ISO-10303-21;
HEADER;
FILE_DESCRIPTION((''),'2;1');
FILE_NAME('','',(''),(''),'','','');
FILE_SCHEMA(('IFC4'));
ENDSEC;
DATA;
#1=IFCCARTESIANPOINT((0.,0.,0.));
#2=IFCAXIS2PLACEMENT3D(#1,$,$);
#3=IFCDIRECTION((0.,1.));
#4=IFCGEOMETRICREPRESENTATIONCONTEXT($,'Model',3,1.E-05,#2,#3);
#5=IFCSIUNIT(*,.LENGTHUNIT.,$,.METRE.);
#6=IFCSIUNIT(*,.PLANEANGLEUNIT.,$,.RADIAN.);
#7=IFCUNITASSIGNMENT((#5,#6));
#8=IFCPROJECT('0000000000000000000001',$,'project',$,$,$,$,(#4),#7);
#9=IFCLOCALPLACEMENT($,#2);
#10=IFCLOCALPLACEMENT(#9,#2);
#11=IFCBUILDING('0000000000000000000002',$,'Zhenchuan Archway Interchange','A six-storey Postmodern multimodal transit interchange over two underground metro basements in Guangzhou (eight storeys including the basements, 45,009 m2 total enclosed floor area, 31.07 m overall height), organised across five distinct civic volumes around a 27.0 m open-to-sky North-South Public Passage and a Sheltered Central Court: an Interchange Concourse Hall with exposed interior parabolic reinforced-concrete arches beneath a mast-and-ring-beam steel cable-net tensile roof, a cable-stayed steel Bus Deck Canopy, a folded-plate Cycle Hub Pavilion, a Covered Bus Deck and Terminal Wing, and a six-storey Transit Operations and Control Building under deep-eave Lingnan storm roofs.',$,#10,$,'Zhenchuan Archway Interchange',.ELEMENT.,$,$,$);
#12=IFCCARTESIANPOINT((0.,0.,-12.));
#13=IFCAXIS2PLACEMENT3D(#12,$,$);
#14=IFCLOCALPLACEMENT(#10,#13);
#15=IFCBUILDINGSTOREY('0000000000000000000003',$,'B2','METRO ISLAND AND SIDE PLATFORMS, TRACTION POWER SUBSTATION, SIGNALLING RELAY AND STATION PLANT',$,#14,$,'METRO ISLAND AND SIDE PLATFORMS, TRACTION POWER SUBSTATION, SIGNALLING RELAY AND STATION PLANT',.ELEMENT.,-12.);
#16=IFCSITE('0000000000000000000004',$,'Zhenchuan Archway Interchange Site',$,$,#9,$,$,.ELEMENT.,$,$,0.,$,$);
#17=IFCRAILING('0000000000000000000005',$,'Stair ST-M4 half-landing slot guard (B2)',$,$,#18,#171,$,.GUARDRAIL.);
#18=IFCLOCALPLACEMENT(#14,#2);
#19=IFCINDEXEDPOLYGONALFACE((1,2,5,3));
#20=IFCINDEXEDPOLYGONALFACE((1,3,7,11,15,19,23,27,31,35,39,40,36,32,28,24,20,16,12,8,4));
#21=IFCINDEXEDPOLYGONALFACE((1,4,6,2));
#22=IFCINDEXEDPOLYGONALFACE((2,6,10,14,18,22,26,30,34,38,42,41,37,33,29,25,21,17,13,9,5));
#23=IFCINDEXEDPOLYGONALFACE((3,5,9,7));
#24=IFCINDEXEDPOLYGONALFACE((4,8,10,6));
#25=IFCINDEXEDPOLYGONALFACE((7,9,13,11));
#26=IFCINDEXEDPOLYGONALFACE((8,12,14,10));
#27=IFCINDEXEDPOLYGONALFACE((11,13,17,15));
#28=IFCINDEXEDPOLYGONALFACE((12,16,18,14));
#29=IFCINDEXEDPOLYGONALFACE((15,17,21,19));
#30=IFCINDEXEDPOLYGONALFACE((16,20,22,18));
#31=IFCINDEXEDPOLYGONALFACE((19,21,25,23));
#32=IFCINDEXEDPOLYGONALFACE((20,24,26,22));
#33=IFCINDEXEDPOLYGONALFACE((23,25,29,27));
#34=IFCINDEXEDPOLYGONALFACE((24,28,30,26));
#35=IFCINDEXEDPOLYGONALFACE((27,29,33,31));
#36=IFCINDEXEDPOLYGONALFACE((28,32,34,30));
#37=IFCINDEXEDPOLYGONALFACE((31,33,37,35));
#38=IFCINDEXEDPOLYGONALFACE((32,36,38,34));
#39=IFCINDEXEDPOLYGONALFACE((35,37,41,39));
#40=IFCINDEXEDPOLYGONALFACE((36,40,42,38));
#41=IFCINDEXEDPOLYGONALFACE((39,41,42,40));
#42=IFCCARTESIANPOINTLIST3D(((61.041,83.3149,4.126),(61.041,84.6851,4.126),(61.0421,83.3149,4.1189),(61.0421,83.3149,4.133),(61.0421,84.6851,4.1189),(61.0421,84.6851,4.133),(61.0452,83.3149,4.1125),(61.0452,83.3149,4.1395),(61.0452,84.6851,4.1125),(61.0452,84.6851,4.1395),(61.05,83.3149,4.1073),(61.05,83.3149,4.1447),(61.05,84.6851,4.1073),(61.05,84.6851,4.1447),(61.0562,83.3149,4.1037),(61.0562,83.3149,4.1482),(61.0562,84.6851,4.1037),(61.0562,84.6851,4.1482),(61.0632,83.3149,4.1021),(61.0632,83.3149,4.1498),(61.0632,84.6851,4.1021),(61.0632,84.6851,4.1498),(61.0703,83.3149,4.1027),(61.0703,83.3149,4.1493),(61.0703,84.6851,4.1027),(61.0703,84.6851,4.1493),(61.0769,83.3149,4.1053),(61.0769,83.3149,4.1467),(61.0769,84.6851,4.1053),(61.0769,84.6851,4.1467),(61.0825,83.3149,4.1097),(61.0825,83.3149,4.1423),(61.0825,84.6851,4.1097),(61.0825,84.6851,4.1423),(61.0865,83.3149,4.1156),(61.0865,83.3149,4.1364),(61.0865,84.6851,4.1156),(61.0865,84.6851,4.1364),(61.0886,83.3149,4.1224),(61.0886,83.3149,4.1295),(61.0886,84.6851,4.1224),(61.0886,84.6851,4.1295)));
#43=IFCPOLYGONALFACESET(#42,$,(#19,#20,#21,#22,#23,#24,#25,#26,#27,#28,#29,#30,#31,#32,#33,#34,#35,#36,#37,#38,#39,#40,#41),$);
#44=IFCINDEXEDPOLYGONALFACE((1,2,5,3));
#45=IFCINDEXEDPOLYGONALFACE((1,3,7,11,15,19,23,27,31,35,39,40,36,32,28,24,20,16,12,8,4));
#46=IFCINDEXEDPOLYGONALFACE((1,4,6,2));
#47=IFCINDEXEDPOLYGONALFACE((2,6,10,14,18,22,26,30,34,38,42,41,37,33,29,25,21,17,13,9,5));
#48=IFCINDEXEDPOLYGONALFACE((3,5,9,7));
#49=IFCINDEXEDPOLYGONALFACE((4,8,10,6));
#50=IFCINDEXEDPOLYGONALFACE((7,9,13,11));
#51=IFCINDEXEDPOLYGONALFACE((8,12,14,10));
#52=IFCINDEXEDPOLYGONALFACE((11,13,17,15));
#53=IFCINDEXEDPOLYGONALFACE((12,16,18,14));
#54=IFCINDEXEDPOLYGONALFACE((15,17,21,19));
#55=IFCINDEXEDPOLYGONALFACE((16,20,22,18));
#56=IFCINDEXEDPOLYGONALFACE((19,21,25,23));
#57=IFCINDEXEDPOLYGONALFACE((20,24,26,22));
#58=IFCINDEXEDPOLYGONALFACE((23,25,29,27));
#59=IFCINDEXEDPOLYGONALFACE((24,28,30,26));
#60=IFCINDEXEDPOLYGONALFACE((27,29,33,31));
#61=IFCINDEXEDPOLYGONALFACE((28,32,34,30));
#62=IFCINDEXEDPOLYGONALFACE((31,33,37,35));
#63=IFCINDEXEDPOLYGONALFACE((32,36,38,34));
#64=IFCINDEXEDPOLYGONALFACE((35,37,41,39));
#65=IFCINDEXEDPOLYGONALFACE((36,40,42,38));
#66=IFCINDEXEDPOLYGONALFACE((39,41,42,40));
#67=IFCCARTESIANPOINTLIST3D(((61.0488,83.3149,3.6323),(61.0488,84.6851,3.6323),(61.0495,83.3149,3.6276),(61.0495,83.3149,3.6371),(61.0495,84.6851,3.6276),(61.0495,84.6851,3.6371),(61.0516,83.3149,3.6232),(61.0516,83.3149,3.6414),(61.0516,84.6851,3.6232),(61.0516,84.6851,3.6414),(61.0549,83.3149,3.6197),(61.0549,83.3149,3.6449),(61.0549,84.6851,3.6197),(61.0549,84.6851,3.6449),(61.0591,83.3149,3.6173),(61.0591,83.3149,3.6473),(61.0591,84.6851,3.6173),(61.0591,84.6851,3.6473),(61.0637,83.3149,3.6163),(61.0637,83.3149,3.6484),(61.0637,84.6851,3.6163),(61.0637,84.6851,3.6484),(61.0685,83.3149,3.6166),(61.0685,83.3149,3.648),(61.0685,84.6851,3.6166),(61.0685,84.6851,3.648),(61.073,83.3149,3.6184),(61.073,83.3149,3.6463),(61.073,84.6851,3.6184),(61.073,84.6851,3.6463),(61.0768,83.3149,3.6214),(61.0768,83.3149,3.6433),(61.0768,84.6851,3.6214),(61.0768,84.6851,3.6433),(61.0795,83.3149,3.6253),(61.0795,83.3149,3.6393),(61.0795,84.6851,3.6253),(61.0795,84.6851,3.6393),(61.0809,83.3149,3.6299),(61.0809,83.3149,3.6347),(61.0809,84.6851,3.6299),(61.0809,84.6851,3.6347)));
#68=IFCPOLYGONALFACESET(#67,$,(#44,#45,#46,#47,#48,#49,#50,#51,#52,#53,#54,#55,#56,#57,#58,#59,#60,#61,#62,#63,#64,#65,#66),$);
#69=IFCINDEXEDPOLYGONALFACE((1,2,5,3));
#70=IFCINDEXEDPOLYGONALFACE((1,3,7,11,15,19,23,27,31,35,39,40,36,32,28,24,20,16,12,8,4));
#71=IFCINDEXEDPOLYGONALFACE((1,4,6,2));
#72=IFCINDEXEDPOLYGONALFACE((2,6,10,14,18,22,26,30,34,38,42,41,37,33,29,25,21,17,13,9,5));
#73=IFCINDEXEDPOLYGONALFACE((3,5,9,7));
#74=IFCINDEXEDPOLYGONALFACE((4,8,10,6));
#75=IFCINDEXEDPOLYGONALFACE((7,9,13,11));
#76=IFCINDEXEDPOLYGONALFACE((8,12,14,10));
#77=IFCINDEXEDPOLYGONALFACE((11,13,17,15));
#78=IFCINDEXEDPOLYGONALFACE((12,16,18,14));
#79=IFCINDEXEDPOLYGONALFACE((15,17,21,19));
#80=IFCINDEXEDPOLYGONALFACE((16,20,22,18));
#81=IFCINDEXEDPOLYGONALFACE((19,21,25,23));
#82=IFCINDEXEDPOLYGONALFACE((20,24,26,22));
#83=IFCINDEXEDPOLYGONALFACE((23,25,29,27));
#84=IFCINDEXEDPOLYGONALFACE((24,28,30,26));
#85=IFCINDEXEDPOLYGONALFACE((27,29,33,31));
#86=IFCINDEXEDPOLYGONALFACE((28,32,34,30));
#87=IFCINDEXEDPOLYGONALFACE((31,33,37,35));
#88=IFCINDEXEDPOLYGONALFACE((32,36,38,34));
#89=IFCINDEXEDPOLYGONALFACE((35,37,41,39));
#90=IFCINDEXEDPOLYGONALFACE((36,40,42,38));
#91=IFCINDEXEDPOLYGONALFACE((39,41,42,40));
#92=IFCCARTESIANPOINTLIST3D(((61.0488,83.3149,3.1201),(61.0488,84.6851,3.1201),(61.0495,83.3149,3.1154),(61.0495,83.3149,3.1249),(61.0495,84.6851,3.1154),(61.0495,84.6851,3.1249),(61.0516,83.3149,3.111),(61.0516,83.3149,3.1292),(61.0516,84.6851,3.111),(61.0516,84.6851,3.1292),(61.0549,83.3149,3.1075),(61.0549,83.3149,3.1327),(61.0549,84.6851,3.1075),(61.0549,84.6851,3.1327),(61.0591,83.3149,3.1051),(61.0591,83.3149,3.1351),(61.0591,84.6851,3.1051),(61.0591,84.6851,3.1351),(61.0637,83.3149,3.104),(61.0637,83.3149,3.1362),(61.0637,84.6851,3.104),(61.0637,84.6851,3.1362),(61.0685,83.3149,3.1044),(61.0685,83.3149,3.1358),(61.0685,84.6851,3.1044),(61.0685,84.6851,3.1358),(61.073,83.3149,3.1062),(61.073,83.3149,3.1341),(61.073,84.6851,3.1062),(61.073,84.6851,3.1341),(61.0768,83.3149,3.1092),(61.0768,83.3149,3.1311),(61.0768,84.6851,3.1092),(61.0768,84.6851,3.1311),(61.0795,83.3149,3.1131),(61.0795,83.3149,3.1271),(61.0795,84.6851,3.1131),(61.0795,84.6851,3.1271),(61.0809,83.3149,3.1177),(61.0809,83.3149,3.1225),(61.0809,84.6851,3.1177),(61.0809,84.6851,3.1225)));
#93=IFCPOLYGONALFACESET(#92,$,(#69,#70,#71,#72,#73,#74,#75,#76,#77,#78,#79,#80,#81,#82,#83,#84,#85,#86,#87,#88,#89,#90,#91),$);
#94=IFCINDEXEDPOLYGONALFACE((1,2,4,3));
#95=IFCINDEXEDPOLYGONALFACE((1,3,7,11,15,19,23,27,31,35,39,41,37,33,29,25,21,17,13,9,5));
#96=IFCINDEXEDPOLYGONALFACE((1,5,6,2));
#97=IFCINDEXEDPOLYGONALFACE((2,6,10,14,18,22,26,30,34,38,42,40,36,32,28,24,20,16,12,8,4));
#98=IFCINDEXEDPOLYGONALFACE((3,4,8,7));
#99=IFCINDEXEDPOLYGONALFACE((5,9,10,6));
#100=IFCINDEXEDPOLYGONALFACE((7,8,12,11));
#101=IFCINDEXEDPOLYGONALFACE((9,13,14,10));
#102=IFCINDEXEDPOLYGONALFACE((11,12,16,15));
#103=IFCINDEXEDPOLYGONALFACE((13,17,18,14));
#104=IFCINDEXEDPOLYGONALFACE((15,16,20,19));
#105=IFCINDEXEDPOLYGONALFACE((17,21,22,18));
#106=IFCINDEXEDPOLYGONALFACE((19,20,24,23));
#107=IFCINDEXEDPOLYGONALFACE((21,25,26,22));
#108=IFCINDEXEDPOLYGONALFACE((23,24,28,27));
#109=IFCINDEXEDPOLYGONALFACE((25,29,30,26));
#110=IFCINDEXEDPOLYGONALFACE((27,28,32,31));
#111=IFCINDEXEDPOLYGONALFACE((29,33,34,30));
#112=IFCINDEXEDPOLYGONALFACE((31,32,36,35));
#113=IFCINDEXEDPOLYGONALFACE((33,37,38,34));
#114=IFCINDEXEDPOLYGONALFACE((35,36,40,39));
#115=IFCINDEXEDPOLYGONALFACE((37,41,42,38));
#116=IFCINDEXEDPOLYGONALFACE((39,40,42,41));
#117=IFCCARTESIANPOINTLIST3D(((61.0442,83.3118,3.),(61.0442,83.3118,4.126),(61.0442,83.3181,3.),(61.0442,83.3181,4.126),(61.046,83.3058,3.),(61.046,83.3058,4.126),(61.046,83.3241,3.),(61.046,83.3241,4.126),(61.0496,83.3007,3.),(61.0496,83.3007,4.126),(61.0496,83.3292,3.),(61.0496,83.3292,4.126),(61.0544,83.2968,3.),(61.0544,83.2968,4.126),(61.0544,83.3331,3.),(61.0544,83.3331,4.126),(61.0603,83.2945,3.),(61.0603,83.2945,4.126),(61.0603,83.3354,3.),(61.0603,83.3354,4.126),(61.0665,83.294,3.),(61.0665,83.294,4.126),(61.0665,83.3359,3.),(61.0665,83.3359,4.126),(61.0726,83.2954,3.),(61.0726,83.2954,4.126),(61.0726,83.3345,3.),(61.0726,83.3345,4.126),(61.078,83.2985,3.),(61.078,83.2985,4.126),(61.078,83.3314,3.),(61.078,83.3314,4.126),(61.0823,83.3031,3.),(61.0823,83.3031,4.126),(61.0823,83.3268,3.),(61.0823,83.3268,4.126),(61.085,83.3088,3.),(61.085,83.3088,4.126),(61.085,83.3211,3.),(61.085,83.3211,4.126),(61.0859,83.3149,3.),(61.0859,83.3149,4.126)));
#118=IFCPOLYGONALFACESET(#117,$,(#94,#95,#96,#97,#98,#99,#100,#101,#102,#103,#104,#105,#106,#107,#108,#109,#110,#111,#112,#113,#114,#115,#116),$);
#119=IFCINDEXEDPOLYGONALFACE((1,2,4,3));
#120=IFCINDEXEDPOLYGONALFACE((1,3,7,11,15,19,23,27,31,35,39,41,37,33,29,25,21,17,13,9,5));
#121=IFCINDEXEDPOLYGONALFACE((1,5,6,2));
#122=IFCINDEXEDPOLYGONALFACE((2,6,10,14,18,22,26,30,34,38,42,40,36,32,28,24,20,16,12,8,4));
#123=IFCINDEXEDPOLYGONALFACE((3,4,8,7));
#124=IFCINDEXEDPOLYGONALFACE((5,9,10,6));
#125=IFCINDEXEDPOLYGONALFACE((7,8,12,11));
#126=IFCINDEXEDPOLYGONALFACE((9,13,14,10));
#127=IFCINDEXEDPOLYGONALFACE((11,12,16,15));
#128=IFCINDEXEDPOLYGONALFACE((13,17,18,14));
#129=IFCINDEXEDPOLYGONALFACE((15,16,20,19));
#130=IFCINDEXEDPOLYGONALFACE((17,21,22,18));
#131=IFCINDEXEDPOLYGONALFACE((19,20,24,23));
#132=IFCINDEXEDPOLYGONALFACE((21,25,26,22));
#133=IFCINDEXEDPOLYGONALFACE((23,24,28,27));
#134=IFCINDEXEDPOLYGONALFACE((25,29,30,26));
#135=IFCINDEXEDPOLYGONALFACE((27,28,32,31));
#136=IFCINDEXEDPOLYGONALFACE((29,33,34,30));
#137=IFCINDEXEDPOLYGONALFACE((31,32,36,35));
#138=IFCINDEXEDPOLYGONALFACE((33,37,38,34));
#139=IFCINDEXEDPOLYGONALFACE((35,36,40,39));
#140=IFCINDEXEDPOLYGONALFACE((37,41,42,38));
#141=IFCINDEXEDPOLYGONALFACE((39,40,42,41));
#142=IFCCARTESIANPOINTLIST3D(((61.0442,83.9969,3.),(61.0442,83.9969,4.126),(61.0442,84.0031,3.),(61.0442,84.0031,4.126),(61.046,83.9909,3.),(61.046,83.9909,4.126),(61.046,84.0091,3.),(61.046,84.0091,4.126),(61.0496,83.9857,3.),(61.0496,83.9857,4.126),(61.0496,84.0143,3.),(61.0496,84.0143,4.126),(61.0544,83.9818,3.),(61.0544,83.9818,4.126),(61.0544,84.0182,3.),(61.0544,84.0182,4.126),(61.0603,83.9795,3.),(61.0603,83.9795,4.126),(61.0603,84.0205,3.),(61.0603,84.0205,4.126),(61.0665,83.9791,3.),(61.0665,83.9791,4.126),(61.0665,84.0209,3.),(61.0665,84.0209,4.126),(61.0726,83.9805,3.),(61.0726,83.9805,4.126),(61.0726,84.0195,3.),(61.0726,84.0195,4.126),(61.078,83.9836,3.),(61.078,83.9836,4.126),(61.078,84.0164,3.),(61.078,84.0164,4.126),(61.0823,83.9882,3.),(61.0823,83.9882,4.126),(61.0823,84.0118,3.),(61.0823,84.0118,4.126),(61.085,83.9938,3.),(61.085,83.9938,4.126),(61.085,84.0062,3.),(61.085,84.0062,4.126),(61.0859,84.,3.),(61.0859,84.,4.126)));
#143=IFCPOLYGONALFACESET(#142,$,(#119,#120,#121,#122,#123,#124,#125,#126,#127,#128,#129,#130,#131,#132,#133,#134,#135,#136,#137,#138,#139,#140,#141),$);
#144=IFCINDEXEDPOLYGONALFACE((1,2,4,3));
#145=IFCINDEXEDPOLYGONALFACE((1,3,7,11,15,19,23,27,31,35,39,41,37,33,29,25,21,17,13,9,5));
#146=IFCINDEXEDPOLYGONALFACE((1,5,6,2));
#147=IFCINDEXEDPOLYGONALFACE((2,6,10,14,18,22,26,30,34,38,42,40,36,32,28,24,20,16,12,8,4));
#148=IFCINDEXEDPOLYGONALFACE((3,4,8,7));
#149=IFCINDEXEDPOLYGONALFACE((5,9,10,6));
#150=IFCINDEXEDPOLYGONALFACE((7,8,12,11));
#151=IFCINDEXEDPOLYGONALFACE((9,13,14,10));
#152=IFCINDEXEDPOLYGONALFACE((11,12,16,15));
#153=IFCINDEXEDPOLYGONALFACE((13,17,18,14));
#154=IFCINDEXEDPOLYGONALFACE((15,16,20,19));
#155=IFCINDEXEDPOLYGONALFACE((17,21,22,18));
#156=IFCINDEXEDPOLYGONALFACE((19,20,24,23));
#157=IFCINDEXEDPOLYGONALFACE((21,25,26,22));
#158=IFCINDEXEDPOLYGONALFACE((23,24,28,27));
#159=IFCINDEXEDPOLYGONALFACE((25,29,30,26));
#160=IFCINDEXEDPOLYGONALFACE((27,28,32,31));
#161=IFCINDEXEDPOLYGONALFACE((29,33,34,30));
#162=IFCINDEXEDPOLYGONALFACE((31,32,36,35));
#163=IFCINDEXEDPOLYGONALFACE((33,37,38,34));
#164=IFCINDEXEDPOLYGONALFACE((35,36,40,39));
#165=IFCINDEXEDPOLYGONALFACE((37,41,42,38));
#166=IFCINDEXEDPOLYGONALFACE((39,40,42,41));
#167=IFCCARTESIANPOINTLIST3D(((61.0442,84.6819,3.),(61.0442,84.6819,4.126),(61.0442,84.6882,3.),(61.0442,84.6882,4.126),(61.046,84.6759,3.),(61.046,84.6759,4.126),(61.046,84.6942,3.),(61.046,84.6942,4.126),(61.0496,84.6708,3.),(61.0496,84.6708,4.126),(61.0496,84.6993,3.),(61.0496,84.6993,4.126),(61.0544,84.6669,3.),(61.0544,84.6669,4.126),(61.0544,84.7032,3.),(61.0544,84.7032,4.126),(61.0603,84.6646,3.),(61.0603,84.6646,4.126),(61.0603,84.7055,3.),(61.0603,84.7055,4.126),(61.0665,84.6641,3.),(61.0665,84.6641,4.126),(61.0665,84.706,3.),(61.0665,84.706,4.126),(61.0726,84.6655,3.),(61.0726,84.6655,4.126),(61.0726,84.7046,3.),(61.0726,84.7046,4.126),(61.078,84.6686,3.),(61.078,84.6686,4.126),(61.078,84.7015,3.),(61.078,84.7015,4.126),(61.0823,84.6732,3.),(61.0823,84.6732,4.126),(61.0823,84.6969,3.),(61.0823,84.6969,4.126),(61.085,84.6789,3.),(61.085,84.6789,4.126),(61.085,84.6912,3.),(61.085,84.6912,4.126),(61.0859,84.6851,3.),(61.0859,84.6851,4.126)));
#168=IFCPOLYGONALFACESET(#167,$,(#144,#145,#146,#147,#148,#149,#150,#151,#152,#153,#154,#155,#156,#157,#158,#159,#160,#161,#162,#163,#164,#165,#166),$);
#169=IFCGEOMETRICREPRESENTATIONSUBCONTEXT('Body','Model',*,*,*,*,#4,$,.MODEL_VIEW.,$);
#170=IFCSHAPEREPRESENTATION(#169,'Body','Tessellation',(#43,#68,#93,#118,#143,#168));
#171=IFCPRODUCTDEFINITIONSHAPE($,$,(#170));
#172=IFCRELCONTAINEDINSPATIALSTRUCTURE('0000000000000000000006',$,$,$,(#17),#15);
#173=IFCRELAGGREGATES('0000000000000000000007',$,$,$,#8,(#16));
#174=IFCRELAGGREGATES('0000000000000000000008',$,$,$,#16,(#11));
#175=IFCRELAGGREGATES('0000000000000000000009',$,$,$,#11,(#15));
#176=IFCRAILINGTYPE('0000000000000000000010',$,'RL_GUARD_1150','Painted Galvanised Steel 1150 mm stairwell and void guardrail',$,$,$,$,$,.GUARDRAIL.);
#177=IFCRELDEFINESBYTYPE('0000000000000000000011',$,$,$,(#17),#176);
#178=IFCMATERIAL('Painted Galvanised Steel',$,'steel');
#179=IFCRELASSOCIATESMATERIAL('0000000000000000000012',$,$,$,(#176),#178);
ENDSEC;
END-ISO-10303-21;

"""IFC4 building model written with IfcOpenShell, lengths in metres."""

from ifc_helpers import new_model, si_unit, direction, frame, origin, origin_2d, place, context, subcontext, project, spatial, circle, extrude, material, type_object, element, save


model = new_model("IFC4")

# Units and contexts
model_context = context("Model", 3, precision=1e-05, world=origin(), true_north=direction((0.0, 1.0)))
body_context = subcontext(model_context, "Body", "Model", "MODEL_VIEW")
ifc_project = project(units=[si_unit("LENGTHUNIT", "METRE"), si_unit("PLANEANGLEUNIT", "RADIAN")], contexts=[model_context])

# Site, building, storey
site_placement = place(None, origin())
site = spatial("IfcSite", under=ifc_project, at=site_placement, Name="Zhenchuan Archway Interchange Site", CompositionType="ELEMENT", RefElevation=0.0)
building_placement = place(site_placement, origin())
building = spatial("IfcBuilding", under=site, at=building_placement, Name="Zhenchuan Archway Interchange", Description="A six-storey Postmodern multimodal transit interchange over two underground metro basements in Guangzhou (eight storeys including the basements, 45,009 m2 total enclosed floor area, 31.07 m overall height), organised across five distinct civic volumes around a 27.0 m open-to-sky North-South Public Passage and a Sheltered Central Court: an Interchange Concourse Hall with exposed interior parabolic reinforced-concrete arches beneath a mast-and-ring-beam steel cable-net tensile roof, a cable-stayed steel Bus Deck Canopy, a folded-plate Cycle Hub Pavilion, a Covered Bus Deck and Terminal Wing, and a six-storey Transit Operations and Control Building under deep-eave Lingnan storm roofs.", LongName="Zhenchuan Archway Interchange", CompositionType="ELEMENT")
storey_placement = place(building_placement, frame((0.0, 0.0, -12.0)))
storey = spatial("IfcBuildingStorey", under=building, at=storey_placement, Name="B2", Description="METRO ISLAND AND SIDE PLATFORMS, TRACTION POWER SUBSTATION, SIGNALLING RELAY AND STATION PLANT", LongName="METRO ISLAND AND SIDE PLATFORMS, TRACTION POWER SUBSTATION, SIGNALLING RELAY AND STATION PLANT", CompositionType="ELEMENT", Elevation=-12.0)

# Railing
ifc_material_1 = material(Name="Painted Galvanised Steel", Category="steel")
railing_type_1 = type_object("IfcRailingType", Name="RL_GUARD_1150", Description="Painted Galvanised Steel 1150 mm stairwell and void guardrail", PredefinedType="GUARDRAIL", material=ifc_material_1)
railing_placement = place(storey_placement, frame((61.0649, 83.3149, 3.0)))
element("IfcRailing", 1, at=railing_placement, inside=storey, type_object=railing_type_1, Name="Stair ST-M4 half-landing slot guard (B2)", PredefinedType="GUARDRAIL", context=body_context, shape_type="SweptSolid", body=[
    extrude(circle(Radius=0.0239, at=origin_2d()), frame((0.0, 0.0, 1.126), z_axis=(0.0, 1.0, 0.0), x_axis=(-1.0, 0.0, 0.0)), (0.0, 0.0, 1.0), 1.3701),
    extrude(circle(Radius=0.0161, at=origin_2d()), frame((0.0, 0.0, 0.6323), z_axis=(0.0, 1.0, 0.0), x_axis=(-1.0, 0.0, 0.0)), (0.0, 0.0, 1.0), 1.3701),
    extrude(circle(Radius=0.0161, at=origin_2d()), frame((0.0, 0.0, 0.1201), z_axis=(0.0, 1.0, 0.0), x_axis=(-1.0, 0.0, 0.0)), (0.0, 0.0, 1.0), 1.3701),
    extrude(circle(Radius=0.021, at=origin_2d()), origin(), (0.0, 0.0, 1.0), 1.126),
    extrude(circle(Radius=0.021, at=origin_2d()), frame((0.0, 0.6851, 0.0)), (0.0, 0.0, 1.0), 1.126),
    extrude(circle(Radius=0.021, at=origin_2d()), frame((0.0, 1.3701, 0.0)), (0.0, 0.0, 1.0), 1.126),
])

save(model, "model.ifc")
